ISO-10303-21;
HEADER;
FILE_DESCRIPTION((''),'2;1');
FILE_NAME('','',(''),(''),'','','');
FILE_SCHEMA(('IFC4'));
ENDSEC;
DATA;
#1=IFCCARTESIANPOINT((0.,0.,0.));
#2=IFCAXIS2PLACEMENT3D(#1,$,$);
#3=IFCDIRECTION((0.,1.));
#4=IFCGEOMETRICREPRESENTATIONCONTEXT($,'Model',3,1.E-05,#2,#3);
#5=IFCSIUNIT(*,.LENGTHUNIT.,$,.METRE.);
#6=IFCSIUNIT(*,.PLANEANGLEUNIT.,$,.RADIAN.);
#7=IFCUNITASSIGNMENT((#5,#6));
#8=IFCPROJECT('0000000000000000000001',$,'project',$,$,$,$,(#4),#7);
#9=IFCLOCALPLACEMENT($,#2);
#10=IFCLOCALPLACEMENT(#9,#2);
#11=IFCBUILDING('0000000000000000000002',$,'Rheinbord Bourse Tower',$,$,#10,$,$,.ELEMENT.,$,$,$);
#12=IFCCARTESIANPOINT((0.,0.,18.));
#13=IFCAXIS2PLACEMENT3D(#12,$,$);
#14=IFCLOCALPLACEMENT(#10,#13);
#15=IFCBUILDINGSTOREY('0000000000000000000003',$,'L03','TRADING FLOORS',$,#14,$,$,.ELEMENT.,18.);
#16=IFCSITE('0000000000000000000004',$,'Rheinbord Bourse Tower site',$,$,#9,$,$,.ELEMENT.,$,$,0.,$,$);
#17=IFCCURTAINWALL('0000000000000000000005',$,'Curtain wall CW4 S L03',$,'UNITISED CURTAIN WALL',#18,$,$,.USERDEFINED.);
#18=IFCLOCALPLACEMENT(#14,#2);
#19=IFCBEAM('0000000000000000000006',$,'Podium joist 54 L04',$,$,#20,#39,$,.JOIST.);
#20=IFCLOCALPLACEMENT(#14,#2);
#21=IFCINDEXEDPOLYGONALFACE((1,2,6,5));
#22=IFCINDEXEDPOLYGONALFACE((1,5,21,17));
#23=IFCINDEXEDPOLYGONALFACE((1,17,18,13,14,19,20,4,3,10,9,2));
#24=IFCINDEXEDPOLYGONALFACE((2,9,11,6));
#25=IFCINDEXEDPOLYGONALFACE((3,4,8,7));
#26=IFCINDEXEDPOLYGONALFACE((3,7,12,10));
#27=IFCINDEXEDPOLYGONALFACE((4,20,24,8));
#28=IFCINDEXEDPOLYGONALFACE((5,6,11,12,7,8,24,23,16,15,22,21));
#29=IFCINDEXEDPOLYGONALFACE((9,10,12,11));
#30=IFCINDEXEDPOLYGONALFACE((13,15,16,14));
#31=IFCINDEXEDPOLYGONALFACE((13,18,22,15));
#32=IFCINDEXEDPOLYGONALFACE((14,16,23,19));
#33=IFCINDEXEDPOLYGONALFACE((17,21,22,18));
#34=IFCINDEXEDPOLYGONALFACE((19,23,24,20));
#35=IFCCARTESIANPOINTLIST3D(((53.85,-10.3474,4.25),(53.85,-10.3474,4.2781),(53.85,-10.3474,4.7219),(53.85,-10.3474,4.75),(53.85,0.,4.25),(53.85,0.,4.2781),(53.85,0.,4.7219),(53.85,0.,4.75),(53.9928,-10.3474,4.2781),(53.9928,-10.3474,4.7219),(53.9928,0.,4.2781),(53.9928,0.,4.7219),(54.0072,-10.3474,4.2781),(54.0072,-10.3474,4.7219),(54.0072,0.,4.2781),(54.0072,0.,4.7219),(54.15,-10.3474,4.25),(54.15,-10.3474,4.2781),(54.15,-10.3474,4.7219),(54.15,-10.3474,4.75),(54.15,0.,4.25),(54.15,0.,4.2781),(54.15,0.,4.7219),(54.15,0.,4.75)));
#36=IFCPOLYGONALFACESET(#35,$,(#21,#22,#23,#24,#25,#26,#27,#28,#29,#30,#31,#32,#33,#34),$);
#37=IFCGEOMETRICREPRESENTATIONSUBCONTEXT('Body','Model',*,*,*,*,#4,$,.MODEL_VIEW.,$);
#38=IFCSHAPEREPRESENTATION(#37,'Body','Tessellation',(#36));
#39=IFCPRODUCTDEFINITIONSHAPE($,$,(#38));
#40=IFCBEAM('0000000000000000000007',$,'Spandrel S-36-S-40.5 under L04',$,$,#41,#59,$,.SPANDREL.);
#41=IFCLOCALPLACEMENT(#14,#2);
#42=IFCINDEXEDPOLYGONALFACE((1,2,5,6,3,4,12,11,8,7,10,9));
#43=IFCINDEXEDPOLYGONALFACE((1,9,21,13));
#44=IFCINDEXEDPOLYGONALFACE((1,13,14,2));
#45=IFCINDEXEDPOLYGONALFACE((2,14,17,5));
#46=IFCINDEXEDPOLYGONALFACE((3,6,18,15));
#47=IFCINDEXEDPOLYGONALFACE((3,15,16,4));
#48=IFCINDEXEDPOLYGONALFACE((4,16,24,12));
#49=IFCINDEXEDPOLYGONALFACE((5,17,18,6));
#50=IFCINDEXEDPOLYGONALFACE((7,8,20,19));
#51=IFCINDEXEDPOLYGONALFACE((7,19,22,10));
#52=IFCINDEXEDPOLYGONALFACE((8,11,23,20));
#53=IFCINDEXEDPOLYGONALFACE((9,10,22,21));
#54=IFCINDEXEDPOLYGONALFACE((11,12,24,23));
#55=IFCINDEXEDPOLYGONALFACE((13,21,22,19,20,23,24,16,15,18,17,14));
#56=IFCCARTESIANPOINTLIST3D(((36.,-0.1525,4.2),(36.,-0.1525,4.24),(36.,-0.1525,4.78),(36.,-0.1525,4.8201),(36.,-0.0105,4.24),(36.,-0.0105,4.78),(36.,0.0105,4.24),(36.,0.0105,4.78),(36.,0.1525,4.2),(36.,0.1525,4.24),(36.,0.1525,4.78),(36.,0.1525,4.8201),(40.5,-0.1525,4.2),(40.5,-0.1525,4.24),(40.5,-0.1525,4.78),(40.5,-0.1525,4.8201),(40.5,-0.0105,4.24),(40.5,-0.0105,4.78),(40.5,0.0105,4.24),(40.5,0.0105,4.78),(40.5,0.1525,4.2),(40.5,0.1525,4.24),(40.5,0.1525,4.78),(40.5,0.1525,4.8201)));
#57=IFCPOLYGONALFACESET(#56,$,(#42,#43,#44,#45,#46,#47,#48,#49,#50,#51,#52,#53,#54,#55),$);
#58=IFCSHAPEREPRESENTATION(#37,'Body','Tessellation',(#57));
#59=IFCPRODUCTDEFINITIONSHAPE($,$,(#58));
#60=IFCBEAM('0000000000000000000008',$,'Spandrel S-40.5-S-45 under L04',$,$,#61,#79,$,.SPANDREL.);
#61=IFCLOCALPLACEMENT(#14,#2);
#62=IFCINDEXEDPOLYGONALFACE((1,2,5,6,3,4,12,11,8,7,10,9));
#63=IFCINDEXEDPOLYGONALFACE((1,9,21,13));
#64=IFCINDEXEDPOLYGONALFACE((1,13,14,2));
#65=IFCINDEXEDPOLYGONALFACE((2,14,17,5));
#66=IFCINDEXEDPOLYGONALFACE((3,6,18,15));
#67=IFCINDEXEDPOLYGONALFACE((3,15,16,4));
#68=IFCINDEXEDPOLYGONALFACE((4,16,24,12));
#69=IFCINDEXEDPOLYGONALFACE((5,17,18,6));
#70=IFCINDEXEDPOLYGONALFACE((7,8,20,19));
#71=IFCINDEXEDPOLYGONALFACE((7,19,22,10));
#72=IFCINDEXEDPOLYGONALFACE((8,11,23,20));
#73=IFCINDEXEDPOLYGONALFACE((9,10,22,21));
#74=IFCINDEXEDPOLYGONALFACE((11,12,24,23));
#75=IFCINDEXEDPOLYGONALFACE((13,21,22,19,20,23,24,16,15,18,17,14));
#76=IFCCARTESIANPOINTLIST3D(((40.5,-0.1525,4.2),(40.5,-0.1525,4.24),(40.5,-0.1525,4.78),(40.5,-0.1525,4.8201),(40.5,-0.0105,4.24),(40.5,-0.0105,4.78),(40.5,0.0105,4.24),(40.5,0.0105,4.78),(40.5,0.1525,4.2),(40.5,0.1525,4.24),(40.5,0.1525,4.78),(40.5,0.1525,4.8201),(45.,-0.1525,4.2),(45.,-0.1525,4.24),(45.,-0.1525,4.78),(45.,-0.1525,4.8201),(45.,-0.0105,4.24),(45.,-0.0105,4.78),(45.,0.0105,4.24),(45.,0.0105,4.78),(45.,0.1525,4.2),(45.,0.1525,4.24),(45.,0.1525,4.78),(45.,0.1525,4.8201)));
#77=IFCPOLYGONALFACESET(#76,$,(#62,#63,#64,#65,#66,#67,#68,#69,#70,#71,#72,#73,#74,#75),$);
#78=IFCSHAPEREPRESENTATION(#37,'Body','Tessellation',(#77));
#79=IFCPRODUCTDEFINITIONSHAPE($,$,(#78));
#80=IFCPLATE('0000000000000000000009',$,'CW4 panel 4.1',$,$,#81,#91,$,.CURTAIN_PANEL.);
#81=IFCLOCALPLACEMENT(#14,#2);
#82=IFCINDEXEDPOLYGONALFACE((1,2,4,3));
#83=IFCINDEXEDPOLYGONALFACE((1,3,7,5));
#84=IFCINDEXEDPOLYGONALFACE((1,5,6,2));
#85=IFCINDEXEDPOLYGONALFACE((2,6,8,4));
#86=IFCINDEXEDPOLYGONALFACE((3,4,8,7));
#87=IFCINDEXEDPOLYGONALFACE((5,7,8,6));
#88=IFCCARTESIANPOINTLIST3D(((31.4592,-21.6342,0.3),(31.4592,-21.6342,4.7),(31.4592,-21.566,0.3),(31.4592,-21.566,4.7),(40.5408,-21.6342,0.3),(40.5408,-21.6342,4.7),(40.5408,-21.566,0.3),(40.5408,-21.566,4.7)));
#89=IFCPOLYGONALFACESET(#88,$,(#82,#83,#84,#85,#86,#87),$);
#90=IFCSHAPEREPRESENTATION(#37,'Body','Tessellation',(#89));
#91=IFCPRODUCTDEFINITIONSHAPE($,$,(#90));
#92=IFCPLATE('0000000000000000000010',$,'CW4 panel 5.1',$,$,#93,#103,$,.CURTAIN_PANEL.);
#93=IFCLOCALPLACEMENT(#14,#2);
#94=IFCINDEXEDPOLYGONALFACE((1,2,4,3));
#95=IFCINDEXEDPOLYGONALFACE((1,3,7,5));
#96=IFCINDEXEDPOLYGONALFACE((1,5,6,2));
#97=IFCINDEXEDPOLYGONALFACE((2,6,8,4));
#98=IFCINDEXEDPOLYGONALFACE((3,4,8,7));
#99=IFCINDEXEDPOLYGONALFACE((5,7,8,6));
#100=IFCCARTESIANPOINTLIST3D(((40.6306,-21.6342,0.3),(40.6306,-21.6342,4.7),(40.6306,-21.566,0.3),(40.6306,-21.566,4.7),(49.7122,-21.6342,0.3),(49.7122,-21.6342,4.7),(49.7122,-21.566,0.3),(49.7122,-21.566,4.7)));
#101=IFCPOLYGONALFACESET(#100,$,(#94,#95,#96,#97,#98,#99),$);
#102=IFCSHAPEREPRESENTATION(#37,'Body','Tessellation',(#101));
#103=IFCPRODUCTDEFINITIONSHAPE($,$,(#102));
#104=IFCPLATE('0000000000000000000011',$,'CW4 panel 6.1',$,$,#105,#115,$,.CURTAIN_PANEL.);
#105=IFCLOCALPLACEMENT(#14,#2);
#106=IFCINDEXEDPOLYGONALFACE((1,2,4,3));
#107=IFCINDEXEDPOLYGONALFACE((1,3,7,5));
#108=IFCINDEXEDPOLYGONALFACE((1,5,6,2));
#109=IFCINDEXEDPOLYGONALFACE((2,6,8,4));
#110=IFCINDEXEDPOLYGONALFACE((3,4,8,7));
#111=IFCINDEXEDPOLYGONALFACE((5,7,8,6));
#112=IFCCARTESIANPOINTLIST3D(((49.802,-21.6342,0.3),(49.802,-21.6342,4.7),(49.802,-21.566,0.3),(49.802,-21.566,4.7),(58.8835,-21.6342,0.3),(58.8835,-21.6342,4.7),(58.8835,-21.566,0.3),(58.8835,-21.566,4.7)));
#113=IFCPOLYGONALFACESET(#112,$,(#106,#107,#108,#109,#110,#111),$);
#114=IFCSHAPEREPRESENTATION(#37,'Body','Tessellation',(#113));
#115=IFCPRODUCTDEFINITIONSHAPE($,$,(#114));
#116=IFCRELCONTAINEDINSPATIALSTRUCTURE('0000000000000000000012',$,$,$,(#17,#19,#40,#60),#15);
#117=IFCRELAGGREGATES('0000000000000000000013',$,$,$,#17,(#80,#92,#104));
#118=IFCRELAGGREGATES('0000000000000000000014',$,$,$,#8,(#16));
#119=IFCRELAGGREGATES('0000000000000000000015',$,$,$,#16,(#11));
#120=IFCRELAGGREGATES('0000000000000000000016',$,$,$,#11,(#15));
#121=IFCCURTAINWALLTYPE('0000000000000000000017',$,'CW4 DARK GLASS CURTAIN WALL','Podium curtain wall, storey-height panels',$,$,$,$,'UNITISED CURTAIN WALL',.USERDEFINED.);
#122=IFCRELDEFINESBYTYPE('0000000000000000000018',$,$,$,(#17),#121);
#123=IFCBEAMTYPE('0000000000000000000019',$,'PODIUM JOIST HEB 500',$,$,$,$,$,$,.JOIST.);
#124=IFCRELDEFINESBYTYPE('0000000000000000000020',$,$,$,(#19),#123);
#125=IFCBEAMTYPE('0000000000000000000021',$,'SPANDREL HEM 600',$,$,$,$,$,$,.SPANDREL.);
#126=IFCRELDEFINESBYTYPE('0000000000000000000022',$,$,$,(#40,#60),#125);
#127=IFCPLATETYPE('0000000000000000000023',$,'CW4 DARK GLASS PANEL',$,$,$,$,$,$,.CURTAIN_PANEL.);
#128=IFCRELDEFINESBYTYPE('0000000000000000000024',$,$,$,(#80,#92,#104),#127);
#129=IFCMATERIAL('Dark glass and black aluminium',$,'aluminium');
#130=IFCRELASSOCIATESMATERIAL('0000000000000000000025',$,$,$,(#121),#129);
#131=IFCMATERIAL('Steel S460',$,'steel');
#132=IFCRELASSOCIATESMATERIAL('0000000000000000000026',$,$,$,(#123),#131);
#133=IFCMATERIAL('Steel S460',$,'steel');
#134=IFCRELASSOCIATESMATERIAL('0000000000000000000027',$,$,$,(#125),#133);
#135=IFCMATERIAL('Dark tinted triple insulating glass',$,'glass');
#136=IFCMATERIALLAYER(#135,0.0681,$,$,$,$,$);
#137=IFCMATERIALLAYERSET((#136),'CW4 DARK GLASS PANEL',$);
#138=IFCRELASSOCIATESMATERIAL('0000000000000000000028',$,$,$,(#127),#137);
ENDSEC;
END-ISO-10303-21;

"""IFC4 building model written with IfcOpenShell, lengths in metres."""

from ifc_helpers import new_model, si_unit, direction, frame, origin, origin_2d, place, context, subcontext, project, spatial, rectangle, i_section, extrude, material, layer, layer_set, material_profile, profile_set, type_object, element, aggregate, save


model = new_model("IFC4")

# Units and contexts
model_context = context("Model", 3, precision=1e-05, world=origin(), true_north=direction((0.0, 1.0)))
body_context = subcontext(model_context, "Body", "Model", "MODEL_VIEW")
ifc_project = project(units=[si_unit("LENGTHUNIT", "METRE"), si_unit("PLANEANGLEUNIT", "RADIAN")], contexts=[model_context])

# Site, building, storey
site_placement = place(None, origin())
site = spatial("IfcSite", under=ifc_project, at=site_placement, Name="Rheinbord Bourse Tower site", CompositionType="ELEMENT", RefElevation=0.0)
building_placement = place(site_placement, origin())
building = spatial("IfcBuilding", under=site, at=building_placement, Name="Rheinbord Bourse Tower", CompositionType="ELEMENT")
storey_placement = place(building_placement, frame((0.0, 0.0, 18.0)))
storey = spatial("IfcBuildingStorey", under=building, at=storey_placement, Name="L03", Description="TRADING FLOORS", CompositionType="ELEMENT", Elevation=18.0)

# Curtain wall
ifc_material_1 = material(Name="Dark glass and black aluminium", Category="aluminium")
curtain_wall_type = type_object("IfcCurtainWallType", Name="CW4 DARK GLASS CURTAIN WALL", Description="Podium curtain wall, storey-height panels", ElementType="UNITISED CURTAIN WALL", PredefinedType="USERDEFINED", material=ifc_material_1)
curtain_wall_placement = place(storey_placement, origin())
curtain_wall = element("IfcCurtainWall", 1, at=curtain_wall_placement, inside=storey, type_object=curtain_wall_type, Name="Curtain wall CW4 S L03", ObjectType="UNITISED CURTAIN WALL", PredefinedType="USERDEFINED")

# Beams
ifc_material_2 = material(Name="Steel S460", Category="steel")
ifc_material_profile_1 = material_profile(ifc_material_2, i_section(OverallWidth=0.3, OverallDepth=0.5, WebThickness=0.0144, FlangeThickness=0.0281, at=origin_2d()), Name="HEB 500")
ifc_profile_set_1 = profile_set([ifc_material_profile_1], Name="Steel S460")
beam_type_1 = type_object("IfcBeamType", Name="PODIUM JOIST HEB 500", PredefinedType="JOIST", material=ifc_profile_set_1)
for number, where, z_axis, x_axis, name in (
    (2, (54.0, -10.3474, 4.5), (0.0, 1.0, 0.0), (-1.0, 0.0, 0.0), "Podium joist 54 L04"),
):
    element("IfcBeam", number, at=place(storey_placement, frame(where, z_axis=z_axis, x_axis=x_axis)), inside=storey, type_object=beam_type_1, Name=name, PredefinedType="JOIST", context=body_context, shape_type="SweptSolid", body=[
        extrude(i_section(OverallWidth=0.3, OverallDepth=0.5, WebThickness=0.0144, FlangeThickness=0.0281, at=origin_2d()), origin(), (0.0, 0.0, 1.0), 10.3474),
    ])
ifc_material_3 = material(Name="Steel S460", Category="steel")
ifc_material_profile_2 = material_profile(ifc_material_3, i_section(OverallWidth=0.3049, OverallDepth=0.6201, WebThickness=0.021, FlangeThickness=0.04, at=origin_2d()), Name="HEM 600")
ifc_profile_set_2 = profile_set([ifc_material_profile_2], Name="Steel S460")
beam_type_2 = type_object("IfcBeamType", Name="SPANDREL HEM 600", PredefinedType="SPANDREL", material=ifc_profile_set_2)
for number, where, z_axis, x_axis, name in (
    (3, (36.0, 0.0, 4.51), (1.0, 0.0, 0.0), (0.0, 1.0, 0.0), "Spandrel S-36-S-40.5 under L04"),
    (4, (40.5, 0.0, 4.51), (1.0, 0.0, 0.0), (0.0, 1.0, 0.0), "Spandrel S-40.5-S-45 under L04"),
):
    element("IfcBeam", number, at=place(storey_placement, frame(where, z_axis=z_axis, x_axis=x_axis)), inside=storey, type_object=beam_type_2, Name=name, PredefinedType="SPANDREL", context=body_context, shape_type="SweptSolid", body=[
        extrude(i_section(OverallWidth=0.3049, OverallDepth=0.6201, WebThickness=0.021, FlangeThickness=0.04, at=origin_2d()), origin(), (0.0, 0.0, 1.0), 4.5),
    ])

# Plates
ifc_material_4 = material(Name="Dark tinted triple insulating glass", Category="glass")
ifc_layer = layer(ifc_material_4, 0.0681)
ifc_layer_set = layer_set([ifc_layer], Name="CW4 DARK GLASS PANEL")
plate_type = type_object("IfcPlateType", Name="CW4 DARK GLASS PANEL", PredefinedType="CURTAIN_PANEL", material=ifc_layer_set)
plate_1_placement = place(storey_placement, frame((36.0, -21.6001, 0.3), z_axis=(0.0, 0.0, 1.0), x_axis=(1.0, 0.0, 0.0)))
plate_1 = element("IfcPlate", 5, at=plate_1_placement, type_object=plate_type, Name="CW4 panel 4.1", PredefinedType="CURTAIN_PANEL", context=body_context, shape_type="SweptSolid", body=[
    extrude(rectangle(XDim=9.0815, YDim=0.0681, at=origin_2d()), origin(), (0.0, 0.0, 1.0), 4.3999),
])
plate_2_placement = place(storey_placement, frame((45.1714, -21.6001, 0.3), z_axis=(0.0, 0.0, 1.0), x_axis=(1.0, 0.0, 0.0)))
plate_2 = element("IfcPlate", 6, at=plate_2_placement, type_object=plate_type, Name="CW4 panel 5.1", PredefinedType="CURTAIN_PANEL", context=body_context, shape_type="SweptSolid", body=[
    extrude(rectangle(XDim=9.0815, YDim=0.0681, at=origin_2d()), origin(), (0.0, 0.0, 1.0), 4.3999),
])
plate_3_placement = place(storey_placement, frame((54.3428, -21.6001, 0.3), z_axis=(0.0, 0.0, 1.0), x_axis=(1.0, 0.0, 0.0)))
plate_3 = element("IfcPlate", 7, at=plate_3_placement, type_object=plate_type, Name="CW4 panel 6.1", PredefinedType="CURTAIN_PANEL", context=body_context, shape_type="SweptSolid", body=[
    extrude(rectangle(XDim=9.0815, YDim=0.0681, at=origin_2d()), origin(), (0.0, 0.0, 1.0), 4.3999),
])
aggregate(curtain_wall, [plate_1, plate_2, plate_3])

save(model, "model.ifc")
